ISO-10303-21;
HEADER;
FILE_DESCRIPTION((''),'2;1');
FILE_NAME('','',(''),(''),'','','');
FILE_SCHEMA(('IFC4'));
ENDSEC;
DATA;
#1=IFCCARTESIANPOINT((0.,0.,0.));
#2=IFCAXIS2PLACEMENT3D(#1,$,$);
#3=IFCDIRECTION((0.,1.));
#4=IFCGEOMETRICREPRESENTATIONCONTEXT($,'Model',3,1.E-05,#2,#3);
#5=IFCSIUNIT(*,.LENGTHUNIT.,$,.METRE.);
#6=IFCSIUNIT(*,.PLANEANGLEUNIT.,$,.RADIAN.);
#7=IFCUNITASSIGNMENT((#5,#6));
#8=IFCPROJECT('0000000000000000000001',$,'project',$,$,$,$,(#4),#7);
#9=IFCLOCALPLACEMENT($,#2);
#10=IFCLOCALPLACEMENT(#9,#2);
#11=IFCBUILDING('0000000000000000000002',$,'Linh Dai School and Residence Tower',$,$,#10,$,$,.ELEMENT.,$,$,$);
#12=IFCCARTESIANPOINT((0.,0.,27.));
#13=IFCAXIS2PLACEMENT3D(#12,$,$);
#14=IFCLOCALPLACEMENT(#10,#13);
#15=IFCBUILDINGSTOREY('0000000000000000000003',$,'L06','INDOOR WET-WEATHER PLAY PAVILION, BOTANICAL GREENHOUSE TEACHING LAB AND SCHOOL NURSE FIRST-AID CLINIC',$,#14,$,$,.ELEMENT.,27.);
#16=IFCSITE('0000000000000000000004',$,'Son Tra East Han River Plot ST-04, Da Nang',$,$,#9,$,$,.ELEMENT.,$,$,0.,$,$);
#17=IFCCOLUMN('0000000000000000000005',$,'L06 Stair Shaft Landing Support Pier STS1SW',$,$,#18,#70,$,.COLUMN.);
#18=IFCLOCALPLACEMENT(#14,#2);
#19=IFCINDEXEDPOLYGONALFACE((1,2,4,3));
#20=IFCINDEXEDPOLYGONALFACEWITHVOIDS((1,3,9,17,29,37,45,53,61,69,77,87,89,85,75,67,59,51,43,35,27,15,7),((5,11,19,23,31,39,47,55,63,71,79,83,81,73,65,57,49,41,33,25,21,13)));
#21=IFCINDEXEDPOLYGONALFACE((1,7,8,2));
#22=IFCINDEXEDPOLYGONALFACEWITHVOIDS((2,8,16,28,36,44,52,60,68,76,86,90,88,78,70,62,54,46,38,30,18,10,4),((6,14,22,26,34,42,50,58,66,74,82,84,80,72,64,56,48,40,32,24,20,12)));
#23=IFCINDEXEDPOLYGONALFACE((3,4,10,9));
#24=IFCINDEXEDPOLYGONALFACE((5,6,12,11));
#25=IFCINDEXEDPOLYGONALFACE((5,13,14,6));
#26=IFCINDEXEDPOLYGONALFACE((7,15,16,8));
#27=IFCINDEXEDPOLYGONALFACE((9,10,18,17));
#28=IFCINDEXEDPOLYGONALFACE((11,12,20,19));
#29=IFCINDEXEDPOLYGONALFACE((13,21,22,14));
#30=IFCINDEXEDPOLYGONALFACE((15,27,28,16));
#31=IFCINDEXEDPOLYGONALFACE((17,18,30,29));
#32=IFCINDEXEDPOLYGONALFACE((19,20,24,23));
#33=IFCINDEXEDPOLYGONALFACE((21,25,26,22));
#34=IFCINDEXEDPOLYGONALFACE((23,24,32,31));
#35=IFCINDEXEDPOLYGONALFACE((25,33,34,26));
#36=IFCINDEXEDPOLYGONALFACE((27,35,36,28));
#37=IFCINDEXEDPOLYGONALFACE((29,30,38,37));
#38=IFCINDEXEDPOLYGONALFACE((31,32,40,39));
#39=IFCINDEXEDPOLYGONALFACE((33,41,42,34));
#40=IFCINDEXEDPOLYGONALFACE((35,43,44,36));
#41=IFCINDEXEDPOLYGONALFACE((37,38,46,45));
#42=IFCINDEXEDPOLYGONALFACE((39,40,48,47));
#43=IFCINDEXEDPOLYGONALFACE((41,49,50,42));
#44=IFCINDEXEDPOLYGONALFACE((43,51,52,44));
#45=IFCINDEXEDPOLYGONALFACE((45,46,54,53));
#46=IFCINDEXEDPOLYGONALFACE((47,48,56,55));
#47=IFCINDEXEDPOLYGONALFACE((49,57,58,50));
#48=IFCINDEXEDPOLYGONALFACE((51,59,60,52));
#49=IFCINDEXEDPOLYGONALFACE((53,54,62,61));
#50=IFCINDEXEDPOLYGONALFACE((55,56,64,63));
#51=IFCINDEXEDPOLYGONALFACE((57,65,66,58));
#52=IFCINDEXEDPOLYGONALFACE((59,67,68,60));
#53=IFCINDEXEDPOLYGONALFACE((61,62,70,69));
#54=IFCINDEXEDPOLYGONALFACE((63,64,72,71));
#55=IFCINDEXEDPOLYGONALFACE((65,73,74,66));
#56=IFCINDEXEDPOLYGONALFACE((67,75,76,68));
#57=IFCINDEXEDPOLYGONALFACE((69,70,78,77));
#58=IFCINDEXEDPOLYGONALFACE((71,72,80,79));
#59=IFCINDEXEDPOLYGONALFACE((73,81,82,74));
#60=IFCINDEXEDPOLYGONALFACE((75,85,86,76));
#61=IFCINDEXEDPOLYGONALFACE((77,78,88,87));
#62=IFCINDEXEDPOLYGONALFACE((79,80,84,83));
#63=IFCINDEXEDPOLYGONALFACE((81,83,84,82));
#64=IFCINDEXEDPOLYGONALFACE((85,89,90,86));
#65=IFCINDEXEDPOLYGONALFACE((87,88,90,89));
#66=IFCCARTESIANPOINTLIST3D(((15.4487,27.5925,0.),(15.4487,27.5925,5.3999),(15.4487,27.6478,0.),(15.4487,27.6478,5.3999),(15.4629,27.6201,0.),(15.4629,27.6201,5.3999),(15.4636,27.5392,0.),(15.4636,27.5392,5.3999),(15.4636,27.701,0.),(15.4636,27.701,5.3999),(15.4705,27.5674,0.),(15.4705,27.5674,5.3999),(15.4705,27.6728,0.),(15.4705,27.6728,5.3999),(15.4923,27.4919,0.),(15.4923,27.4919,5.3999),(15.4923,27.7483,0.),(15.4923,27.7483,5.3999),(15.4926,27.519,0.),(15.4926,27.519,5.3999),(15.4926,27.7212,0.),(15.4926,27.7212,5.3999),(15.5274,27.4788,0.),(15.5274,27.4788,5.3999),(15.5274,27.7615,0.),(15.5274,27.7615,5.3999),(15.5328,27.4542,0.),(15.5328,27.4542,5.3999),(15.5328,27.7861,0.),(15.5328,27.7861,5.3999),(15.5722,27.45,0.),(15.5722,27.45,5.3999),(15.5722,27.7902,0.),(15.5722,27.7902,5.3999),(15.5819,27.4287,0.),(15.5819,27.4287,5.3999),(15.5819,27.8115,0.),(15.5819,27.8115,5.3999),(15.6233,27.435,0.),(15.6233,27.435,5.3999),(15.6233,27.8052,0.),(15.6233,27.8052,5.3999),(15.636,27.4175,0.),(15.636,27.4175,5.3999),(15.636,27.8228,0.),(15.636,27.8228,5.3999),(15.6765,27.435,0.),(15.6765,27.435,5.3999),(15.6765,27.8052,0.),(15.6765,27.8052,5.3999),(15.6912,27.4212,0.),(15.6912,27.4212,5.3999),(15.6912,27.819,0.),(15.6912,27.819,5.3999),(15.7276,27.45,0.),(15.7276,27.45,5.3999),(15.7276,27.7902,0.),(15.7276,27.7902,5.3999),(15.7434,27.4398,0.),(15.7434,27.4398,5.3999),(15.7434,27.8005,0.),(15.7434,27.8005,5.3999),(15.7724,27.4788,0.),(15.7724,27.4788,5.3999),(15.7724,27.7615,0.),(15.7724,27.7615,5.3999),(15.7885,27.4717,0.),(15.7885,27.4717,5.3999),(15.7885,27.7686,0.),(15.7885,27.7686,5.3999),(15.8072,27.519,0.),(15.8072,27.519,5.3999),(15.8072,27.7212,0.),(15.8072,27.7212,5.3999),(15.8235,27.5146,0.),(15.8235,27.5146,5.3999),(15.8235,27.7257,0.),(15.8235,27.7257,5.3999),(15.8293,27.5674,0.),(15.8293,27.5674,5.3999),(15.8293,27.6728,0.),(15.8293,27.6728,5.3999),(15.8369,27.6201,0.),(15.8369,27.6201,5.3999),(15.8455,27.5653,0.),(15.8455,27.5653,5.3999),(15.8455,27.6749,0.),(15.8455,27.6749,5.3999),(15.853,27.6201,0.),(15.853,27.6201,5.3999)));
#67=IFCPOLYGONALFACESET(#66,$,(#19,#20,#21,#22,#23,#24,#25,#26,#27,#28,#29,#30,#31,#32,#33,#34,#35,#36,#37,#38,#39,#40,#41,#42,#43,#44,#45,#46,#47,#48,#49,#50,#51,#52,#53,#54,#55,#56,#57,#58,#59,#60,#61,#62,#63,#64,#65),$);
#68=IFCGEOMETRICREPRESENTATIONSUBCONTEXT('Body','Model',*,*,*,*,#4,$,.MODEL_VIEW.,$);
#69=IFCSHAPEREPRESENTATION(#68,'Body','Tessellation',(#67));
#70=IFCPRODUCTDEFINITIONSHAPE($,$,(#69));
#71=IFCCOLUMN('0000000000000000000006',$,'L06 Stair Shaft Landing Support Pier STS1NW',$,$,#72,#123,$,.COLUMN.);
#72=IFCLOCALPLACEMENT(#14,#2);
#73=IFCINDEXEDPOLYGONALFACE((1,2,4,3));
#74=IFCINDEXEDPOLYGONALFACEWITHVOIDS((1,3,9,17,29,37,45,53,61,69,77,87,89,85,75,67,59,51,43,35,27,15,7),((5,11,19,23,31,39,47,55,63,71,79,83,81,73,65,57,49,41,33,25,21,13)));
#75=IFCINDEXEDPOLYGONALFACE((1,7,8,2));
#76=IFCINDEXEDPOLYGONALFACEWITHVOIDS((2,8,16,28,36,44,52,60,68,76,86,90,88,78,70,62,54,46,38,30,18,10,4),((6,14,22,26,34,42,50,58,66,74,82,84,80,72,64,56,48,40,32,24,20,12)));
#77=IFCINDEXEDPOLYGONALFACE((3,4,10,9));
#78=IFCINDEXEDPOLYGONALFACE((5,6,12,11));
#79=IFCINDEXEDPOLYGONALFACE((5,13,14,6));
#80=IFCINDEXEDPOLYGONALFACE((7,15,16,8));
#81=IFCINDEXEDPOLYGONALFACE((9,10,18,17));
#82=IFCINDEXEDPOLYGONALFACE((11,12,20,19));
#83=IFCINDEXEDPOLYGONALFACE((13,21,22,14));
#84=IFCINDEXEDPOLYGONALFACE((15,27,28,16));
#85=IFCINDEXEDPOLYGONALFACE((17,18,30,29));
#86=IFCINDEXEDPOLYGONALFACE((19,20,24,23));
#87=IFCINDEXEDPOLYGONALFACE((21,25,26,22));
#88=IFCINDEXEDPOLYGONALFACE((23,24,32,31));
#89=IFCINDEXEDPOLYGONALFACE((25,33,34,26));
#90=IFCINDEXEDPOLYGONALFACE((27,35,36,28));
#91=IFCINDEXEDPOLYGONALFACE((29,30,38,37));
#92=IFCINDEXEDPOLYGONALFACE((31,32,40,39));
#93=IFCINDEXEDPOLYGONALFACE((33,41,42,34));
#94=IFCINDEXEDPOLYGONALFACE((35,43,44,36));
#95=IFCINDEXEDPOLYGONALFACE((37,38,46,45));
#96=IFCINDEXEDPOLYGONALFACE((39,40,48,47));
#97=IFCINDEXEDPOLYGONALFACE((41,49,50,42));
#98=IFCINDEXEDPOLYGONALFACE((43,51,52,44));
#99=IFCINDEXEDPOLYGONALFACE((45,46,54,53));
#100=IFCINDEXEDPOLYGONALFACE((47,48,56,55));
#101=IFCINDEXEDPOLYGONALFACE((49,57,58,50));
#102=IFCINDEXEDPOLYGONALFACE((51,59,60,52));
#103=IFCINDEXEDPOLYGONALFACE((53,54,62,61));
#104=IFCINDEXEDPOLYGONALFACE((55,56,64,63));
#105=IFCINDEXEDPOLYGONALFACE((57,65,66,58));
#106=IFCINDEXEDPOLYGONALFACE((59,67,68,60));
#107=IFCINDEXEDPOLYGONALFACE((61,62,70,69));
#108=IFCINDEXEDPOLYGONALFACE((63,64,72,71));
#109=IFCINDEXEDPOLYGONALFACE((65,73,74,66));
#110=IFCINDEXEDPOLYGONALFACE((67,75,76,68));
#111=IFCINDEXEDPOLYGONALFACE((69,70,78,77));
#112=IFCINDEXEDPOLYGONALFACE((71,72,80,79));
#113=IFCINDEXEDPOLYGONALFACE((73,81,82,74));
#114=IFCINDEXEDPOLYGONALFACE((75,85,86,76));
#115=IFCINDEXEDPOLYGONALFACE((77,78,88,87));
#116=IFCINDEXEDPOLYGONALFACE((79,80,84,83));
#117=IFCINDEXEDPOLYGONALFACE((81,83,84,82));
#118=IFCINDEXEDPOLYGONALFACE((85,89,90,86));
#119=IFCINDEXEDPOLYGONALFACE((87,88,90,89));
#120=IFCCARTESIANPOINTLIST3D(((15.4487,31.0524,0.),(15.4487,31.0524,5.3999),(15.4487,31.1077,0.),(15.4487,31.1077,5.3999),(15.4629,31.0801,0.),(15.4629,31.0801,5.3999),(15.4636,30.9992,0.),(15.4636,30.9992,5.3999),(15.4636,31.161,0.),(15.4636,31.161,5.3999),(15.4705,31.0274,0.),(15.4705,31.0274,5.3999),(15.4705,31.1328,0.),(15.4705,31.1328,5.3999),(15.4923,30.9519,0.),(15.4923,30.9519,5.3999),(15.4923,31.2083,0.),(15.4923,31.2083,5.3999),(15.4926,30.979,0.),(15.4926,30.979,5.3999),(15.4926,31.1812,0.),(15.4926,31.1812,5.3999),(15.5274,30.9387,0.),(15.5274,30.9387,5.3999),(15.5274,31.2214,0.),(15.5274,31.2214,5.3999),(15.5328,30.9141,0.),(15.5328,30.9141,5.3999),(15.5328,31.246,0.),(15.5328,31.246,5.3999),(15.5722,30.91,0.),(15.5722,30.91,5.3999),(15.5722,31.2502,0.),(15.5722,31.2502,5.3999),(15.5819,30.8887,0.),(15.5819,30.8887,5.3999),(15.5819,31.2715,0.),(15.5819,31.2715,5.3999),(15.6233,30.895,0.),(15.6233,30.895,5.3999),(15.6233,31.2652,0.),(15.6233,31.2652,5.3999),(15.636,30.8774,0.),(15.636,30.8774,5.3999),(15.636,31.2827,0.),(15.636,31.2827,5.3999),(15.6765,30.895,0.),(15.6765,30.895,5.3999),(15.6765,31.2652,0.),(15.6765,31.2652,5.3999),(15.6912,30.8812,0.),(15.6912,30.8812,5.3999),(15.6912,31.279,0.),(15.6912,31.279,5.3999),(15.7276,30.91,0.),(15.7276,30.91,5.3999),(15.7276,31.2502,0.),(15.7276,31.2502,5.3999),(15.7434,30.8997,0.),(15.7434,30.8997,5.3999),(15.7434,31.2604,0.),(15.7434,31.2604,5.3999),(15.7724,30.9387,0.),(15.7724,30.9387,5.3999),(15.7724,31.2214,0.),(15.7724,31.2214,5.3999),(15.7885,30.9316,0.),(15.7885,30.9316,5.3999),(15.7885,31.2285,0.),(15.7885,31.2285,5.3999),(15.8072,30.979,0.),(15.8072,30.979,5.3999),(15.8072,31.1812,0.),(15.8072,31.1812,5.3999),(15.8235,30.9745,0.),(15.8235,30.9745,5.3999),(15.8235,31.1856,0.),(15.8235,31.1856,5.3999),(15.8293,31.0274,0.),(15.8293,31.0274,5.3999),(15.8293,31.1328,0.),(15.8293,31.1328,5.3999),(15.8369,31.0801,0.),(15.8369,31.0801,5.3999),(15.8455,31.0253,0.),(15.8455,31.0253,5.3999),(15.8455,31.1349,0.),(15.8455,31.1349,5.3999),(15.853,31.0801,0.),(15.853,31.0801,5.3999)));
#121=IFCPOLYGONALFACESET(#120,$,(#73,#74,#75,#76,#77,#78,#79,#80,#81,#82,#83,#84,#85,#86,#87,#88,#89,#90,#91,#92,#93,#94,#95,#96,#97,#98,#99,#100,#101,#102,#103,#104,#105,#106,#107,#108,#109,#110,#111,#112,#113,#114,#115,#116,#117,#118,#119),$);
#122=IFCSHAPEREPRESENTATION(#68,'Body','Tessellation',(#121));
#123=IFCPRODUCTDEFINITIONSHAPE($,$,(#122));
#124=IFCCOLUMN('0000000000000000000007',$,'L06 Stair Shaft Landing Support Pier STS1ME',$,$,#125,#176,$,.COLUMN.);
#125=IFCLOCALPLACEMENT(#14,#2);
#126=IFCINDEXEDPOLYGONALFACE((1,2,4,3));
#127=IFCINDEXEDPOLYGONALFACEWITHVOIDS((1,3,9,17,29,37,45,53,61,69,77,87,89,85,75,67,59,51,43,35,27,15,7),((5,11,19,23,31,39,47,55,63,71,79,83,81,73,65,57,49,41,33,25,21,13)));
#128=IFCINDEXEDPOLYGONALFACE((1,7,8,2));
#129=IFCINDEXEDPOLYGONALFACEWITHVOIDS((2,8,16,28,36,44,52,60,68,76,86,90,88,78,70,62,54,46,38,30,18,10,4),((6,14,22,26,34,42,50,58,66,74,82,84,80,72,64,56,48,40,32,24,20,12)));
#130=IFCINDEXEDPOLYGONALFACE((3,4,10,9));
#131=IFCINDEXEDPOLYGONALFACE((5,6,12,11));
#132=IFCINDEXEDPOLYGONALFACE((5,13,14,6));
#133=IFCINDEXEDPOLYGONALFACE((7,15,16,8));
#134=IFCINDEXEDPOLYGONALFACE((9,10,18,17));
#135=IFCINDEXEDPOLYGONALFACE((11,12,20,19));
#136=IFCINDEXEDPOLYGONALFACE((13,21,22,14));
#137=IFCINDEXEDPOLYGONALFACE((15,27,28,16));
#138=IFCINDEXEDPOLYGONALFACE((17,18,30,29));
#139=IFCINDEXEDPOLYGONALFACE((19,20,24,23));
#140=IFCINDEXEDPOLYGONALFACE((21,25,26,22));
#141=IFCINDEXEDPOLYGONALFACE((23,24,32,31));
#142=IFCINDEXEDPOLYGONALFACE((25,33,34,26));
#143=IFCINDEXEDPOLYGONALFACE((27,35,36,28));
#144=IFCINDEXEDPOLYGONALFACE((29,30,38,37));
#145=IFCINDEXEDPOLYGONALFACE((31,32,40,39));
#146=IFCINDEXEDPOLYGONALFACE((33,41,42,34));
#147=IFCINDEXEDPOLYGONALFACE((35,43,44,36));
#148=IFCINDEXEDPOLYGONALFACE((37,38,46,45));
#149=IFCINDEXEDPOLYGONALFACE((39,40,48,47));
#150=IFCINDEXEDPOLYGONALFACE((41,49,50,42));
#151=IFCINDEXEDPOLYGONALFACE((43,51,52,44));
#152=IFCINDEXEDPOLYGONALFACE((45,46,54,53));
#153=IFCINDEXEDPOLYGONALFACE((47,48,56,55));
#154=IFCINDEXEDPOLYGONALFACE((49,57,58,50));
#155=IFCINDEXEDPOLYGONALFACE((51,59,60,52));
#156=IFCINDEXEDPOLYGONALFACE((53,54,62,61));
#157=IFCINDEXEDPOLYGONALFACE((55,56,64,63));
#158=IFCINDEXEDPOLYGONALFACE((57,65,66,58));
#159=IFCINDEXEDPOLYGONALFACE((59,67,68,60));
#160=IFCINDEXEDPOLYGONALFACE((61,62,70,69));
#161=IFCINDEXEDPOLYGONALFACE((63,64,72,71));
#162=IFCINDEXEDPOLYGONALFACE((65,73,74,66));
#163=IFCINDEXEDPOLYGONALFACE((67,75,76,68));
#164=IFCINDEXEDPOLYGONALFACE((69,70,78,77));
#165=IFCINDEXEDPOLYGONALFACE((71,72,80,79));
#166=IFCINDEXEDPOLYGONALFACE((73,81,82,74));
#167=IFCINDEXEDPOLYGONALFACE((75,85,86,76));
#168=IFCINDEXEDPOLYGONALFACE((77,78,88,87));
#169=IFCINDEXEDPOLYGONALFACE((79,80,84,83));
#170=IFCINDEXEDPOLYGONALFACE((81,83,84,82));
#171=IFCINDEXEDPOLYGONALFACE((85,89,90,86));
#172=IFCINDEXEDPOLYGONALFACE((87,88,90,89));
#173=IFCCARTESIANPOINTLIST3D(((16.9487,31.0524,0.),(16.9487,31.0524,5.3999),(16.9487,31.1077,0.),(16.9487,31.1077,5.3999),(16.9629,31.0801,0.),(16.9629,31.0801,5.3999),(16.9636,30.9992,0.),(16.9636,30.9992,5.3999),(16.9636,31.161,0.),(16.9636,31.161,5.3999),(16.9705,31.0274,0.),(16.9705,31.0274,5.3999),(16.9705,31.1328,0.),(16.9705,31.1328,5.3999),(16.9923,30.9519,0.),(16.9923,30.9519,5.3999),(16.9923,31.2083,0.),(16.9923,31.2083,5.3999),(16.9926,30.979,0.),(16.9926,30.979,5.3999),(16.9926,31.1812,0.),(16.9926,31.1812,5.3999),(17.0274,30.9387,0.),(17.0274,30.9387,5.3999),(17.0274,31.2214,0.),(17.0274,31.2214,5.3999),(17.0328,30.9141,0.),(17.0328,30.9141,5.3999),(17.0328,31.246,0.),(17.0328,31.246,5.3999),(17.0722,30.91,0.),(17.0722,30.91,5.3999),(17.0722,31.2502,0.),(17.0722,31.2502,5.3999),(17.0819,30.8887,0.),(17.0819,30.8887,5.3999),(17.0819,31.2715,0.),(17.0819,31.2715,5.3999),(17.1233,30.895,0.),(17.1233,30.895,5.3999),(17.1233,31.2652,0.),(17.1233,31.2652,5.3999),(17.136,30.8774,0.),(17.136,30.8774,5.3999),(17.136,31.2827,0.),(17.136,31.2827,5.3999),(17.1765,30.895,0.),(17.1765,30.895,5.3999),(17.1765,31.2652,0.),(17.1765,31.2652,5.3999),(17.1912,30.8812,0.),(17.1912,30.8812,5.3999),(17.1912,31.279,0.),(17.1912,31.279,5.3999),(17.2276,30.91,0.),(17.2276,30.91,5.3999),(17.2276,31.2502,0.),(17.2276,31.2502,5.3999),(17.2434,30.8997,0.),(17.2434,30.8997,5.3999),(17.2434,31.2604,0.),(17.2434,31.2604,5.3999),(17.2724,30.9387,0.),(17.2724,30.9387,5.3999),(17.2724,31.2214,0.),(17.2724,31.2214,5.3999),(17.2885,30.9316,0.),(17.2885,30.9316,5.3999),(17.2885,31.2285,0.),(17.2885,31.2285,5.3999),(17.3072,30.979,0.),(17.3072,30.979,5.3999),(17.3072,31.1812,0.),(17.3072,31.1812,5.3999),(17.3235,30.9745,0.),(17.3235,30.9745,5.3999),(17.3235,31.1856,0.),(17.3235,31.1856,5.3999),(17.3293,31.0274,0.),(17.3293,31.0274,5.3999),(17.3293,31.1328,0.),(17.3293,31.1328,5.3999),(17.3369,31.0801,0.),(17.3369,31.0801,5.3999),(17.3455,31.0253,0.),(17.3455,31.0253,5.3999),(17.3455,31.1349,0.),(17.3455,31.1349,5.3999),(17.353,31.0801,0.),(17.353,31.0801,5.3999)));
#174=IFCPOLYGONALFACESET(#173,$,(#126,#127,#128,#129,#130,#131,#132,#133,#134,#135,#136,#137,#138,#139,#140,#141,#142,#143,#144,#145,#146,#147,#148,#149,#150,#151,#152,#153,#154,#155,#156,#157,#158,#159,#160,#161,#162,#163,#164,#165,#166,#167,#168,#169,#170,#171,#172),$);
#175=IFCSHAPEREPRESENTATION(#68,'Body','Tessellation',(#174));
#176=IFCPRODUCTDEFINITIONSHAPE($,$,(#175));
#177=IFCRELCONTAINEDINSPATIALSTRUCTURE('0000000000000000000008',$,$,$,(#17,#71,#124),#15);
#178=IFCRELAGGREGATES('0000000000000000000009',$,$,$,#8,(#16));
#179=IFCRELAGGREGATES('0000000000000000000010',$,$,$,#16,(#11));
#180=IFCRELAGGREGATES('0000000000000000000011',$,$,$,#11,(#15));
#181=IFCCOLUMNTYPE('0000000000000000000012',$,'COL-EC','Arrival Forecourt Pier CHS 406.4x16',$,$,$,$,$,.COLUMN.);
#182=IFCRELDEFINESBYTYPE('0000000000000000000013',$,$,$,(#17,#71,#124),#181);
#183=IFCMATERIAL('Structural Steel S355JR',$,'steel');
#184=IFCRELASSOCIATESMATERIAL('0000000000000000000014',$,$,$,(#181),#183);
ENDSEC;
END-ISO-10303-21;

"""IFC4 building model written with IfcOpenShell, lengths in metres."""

from ifc_helpers import new_model, si_unit, direction, frame, origin, origin_2d, place, context, subcontext, project, spatial, hollow_circle, extrude, material, material_profile, profile_set, type_object, element, save


model = new_model("IFC4")

# Units and contexts
model_context = context("Model", 3, precision=1e-05, world=origin(), true_north=direction((0.0, 1.0)))
body_context = subcontext(model_context, "Body", "Model", "MODEL_VIEW")
ifc_project = project(units=[si_unit("LENGTHUNIT", "METRE"), si_unit("PLANEANGLEUNIT", "RADIAN")], contexts=[model_context])

# Site, building, storey
site_placement = place(None, origin())
site = spatial("IfcSite", under=ifc_project, at=site_placement, Name="Son Tra East Han River Plot ST-04, Da Nang", CompositionType="ELEMENT", RefElevation=0.0)
building_placement = place(site_placement, origin())
building = spatial("IfcBuilding", under=site, at=building_placement, Name="Linh Dai School and Residence Tower", CompositionType="ELEMENT")
storey_placement = place(building_placement, frame((0.0, 0.0, 27.0)))
storey = spatial("IfcBuildingStorey", under=building, at=storey_placement, Name="L06", Description="INDOOR WET-WEATHER PLAY PAVILION, BOTANICAL GREENHOUSE TEACHING LAB AND SCHOOL NURSE FIRST-AID CLINIC", CompositionType="ELEMENT", Elevation=27.0)

# Columns
ifc_material_1 = material(Name="Structural Steel S355JR", Category="steel")
ifc_material_profile_1 = material_profile(ifc_material_1, hollow_circle(Radius=0.2031, WallThickness=0.0161, at=origin_2d()), Name="CHS 406.4x16")
ifc_profile_set_1 = profile_set([ifc_material_profile_1], Name="Structural Steel S355JR")
column_type = type_object("IfcColumnType", Name="COL-EC", Description="Arrival Forecourt Pier CHS 406.4x16", PredefinedType="COLUMN", material=ifc_profile_set_1)
for number, where, z_axis, x_axis, name in (
    (1, (15.6499, 27.6201, 0.0), (0.0, 0.0, 1.0), (1.0, 0.0, 0.0), "L06 Stair Shaft Landing Support Pier STS1SW"),
    (2, (15.6499, 31.0801, 0.0), (0.0, 0.0, 1.0), (1.0, 0.0, 0.0), "L06 Stair Shaft Landing Support Pier STS1NW"),
    (3, (17.1499, 31.0801, 0.0), (0.0, 0.0, 1.0), (1.0, 0.0, 0.0), "L06 Stair Shaft Landing Support Pier STS1ME"),
):
    element("IfcColumn", number, at=place(storey_placement, frame(where, z_axis=z_axis, x_axis=x_axis)), inside=storey, type_object=column_type, Name=name, PredefinedType="COLUMN", context=body_context, shape_type="SweptSolid", body=[
        extrude(hollow_circle(Radius=0.2031, WallThickness=0.0161, at=origin_2d()), origin(), (0.0, 0.0, 1.0), 5.3999),
    ])

save(model, "model.ifc")
